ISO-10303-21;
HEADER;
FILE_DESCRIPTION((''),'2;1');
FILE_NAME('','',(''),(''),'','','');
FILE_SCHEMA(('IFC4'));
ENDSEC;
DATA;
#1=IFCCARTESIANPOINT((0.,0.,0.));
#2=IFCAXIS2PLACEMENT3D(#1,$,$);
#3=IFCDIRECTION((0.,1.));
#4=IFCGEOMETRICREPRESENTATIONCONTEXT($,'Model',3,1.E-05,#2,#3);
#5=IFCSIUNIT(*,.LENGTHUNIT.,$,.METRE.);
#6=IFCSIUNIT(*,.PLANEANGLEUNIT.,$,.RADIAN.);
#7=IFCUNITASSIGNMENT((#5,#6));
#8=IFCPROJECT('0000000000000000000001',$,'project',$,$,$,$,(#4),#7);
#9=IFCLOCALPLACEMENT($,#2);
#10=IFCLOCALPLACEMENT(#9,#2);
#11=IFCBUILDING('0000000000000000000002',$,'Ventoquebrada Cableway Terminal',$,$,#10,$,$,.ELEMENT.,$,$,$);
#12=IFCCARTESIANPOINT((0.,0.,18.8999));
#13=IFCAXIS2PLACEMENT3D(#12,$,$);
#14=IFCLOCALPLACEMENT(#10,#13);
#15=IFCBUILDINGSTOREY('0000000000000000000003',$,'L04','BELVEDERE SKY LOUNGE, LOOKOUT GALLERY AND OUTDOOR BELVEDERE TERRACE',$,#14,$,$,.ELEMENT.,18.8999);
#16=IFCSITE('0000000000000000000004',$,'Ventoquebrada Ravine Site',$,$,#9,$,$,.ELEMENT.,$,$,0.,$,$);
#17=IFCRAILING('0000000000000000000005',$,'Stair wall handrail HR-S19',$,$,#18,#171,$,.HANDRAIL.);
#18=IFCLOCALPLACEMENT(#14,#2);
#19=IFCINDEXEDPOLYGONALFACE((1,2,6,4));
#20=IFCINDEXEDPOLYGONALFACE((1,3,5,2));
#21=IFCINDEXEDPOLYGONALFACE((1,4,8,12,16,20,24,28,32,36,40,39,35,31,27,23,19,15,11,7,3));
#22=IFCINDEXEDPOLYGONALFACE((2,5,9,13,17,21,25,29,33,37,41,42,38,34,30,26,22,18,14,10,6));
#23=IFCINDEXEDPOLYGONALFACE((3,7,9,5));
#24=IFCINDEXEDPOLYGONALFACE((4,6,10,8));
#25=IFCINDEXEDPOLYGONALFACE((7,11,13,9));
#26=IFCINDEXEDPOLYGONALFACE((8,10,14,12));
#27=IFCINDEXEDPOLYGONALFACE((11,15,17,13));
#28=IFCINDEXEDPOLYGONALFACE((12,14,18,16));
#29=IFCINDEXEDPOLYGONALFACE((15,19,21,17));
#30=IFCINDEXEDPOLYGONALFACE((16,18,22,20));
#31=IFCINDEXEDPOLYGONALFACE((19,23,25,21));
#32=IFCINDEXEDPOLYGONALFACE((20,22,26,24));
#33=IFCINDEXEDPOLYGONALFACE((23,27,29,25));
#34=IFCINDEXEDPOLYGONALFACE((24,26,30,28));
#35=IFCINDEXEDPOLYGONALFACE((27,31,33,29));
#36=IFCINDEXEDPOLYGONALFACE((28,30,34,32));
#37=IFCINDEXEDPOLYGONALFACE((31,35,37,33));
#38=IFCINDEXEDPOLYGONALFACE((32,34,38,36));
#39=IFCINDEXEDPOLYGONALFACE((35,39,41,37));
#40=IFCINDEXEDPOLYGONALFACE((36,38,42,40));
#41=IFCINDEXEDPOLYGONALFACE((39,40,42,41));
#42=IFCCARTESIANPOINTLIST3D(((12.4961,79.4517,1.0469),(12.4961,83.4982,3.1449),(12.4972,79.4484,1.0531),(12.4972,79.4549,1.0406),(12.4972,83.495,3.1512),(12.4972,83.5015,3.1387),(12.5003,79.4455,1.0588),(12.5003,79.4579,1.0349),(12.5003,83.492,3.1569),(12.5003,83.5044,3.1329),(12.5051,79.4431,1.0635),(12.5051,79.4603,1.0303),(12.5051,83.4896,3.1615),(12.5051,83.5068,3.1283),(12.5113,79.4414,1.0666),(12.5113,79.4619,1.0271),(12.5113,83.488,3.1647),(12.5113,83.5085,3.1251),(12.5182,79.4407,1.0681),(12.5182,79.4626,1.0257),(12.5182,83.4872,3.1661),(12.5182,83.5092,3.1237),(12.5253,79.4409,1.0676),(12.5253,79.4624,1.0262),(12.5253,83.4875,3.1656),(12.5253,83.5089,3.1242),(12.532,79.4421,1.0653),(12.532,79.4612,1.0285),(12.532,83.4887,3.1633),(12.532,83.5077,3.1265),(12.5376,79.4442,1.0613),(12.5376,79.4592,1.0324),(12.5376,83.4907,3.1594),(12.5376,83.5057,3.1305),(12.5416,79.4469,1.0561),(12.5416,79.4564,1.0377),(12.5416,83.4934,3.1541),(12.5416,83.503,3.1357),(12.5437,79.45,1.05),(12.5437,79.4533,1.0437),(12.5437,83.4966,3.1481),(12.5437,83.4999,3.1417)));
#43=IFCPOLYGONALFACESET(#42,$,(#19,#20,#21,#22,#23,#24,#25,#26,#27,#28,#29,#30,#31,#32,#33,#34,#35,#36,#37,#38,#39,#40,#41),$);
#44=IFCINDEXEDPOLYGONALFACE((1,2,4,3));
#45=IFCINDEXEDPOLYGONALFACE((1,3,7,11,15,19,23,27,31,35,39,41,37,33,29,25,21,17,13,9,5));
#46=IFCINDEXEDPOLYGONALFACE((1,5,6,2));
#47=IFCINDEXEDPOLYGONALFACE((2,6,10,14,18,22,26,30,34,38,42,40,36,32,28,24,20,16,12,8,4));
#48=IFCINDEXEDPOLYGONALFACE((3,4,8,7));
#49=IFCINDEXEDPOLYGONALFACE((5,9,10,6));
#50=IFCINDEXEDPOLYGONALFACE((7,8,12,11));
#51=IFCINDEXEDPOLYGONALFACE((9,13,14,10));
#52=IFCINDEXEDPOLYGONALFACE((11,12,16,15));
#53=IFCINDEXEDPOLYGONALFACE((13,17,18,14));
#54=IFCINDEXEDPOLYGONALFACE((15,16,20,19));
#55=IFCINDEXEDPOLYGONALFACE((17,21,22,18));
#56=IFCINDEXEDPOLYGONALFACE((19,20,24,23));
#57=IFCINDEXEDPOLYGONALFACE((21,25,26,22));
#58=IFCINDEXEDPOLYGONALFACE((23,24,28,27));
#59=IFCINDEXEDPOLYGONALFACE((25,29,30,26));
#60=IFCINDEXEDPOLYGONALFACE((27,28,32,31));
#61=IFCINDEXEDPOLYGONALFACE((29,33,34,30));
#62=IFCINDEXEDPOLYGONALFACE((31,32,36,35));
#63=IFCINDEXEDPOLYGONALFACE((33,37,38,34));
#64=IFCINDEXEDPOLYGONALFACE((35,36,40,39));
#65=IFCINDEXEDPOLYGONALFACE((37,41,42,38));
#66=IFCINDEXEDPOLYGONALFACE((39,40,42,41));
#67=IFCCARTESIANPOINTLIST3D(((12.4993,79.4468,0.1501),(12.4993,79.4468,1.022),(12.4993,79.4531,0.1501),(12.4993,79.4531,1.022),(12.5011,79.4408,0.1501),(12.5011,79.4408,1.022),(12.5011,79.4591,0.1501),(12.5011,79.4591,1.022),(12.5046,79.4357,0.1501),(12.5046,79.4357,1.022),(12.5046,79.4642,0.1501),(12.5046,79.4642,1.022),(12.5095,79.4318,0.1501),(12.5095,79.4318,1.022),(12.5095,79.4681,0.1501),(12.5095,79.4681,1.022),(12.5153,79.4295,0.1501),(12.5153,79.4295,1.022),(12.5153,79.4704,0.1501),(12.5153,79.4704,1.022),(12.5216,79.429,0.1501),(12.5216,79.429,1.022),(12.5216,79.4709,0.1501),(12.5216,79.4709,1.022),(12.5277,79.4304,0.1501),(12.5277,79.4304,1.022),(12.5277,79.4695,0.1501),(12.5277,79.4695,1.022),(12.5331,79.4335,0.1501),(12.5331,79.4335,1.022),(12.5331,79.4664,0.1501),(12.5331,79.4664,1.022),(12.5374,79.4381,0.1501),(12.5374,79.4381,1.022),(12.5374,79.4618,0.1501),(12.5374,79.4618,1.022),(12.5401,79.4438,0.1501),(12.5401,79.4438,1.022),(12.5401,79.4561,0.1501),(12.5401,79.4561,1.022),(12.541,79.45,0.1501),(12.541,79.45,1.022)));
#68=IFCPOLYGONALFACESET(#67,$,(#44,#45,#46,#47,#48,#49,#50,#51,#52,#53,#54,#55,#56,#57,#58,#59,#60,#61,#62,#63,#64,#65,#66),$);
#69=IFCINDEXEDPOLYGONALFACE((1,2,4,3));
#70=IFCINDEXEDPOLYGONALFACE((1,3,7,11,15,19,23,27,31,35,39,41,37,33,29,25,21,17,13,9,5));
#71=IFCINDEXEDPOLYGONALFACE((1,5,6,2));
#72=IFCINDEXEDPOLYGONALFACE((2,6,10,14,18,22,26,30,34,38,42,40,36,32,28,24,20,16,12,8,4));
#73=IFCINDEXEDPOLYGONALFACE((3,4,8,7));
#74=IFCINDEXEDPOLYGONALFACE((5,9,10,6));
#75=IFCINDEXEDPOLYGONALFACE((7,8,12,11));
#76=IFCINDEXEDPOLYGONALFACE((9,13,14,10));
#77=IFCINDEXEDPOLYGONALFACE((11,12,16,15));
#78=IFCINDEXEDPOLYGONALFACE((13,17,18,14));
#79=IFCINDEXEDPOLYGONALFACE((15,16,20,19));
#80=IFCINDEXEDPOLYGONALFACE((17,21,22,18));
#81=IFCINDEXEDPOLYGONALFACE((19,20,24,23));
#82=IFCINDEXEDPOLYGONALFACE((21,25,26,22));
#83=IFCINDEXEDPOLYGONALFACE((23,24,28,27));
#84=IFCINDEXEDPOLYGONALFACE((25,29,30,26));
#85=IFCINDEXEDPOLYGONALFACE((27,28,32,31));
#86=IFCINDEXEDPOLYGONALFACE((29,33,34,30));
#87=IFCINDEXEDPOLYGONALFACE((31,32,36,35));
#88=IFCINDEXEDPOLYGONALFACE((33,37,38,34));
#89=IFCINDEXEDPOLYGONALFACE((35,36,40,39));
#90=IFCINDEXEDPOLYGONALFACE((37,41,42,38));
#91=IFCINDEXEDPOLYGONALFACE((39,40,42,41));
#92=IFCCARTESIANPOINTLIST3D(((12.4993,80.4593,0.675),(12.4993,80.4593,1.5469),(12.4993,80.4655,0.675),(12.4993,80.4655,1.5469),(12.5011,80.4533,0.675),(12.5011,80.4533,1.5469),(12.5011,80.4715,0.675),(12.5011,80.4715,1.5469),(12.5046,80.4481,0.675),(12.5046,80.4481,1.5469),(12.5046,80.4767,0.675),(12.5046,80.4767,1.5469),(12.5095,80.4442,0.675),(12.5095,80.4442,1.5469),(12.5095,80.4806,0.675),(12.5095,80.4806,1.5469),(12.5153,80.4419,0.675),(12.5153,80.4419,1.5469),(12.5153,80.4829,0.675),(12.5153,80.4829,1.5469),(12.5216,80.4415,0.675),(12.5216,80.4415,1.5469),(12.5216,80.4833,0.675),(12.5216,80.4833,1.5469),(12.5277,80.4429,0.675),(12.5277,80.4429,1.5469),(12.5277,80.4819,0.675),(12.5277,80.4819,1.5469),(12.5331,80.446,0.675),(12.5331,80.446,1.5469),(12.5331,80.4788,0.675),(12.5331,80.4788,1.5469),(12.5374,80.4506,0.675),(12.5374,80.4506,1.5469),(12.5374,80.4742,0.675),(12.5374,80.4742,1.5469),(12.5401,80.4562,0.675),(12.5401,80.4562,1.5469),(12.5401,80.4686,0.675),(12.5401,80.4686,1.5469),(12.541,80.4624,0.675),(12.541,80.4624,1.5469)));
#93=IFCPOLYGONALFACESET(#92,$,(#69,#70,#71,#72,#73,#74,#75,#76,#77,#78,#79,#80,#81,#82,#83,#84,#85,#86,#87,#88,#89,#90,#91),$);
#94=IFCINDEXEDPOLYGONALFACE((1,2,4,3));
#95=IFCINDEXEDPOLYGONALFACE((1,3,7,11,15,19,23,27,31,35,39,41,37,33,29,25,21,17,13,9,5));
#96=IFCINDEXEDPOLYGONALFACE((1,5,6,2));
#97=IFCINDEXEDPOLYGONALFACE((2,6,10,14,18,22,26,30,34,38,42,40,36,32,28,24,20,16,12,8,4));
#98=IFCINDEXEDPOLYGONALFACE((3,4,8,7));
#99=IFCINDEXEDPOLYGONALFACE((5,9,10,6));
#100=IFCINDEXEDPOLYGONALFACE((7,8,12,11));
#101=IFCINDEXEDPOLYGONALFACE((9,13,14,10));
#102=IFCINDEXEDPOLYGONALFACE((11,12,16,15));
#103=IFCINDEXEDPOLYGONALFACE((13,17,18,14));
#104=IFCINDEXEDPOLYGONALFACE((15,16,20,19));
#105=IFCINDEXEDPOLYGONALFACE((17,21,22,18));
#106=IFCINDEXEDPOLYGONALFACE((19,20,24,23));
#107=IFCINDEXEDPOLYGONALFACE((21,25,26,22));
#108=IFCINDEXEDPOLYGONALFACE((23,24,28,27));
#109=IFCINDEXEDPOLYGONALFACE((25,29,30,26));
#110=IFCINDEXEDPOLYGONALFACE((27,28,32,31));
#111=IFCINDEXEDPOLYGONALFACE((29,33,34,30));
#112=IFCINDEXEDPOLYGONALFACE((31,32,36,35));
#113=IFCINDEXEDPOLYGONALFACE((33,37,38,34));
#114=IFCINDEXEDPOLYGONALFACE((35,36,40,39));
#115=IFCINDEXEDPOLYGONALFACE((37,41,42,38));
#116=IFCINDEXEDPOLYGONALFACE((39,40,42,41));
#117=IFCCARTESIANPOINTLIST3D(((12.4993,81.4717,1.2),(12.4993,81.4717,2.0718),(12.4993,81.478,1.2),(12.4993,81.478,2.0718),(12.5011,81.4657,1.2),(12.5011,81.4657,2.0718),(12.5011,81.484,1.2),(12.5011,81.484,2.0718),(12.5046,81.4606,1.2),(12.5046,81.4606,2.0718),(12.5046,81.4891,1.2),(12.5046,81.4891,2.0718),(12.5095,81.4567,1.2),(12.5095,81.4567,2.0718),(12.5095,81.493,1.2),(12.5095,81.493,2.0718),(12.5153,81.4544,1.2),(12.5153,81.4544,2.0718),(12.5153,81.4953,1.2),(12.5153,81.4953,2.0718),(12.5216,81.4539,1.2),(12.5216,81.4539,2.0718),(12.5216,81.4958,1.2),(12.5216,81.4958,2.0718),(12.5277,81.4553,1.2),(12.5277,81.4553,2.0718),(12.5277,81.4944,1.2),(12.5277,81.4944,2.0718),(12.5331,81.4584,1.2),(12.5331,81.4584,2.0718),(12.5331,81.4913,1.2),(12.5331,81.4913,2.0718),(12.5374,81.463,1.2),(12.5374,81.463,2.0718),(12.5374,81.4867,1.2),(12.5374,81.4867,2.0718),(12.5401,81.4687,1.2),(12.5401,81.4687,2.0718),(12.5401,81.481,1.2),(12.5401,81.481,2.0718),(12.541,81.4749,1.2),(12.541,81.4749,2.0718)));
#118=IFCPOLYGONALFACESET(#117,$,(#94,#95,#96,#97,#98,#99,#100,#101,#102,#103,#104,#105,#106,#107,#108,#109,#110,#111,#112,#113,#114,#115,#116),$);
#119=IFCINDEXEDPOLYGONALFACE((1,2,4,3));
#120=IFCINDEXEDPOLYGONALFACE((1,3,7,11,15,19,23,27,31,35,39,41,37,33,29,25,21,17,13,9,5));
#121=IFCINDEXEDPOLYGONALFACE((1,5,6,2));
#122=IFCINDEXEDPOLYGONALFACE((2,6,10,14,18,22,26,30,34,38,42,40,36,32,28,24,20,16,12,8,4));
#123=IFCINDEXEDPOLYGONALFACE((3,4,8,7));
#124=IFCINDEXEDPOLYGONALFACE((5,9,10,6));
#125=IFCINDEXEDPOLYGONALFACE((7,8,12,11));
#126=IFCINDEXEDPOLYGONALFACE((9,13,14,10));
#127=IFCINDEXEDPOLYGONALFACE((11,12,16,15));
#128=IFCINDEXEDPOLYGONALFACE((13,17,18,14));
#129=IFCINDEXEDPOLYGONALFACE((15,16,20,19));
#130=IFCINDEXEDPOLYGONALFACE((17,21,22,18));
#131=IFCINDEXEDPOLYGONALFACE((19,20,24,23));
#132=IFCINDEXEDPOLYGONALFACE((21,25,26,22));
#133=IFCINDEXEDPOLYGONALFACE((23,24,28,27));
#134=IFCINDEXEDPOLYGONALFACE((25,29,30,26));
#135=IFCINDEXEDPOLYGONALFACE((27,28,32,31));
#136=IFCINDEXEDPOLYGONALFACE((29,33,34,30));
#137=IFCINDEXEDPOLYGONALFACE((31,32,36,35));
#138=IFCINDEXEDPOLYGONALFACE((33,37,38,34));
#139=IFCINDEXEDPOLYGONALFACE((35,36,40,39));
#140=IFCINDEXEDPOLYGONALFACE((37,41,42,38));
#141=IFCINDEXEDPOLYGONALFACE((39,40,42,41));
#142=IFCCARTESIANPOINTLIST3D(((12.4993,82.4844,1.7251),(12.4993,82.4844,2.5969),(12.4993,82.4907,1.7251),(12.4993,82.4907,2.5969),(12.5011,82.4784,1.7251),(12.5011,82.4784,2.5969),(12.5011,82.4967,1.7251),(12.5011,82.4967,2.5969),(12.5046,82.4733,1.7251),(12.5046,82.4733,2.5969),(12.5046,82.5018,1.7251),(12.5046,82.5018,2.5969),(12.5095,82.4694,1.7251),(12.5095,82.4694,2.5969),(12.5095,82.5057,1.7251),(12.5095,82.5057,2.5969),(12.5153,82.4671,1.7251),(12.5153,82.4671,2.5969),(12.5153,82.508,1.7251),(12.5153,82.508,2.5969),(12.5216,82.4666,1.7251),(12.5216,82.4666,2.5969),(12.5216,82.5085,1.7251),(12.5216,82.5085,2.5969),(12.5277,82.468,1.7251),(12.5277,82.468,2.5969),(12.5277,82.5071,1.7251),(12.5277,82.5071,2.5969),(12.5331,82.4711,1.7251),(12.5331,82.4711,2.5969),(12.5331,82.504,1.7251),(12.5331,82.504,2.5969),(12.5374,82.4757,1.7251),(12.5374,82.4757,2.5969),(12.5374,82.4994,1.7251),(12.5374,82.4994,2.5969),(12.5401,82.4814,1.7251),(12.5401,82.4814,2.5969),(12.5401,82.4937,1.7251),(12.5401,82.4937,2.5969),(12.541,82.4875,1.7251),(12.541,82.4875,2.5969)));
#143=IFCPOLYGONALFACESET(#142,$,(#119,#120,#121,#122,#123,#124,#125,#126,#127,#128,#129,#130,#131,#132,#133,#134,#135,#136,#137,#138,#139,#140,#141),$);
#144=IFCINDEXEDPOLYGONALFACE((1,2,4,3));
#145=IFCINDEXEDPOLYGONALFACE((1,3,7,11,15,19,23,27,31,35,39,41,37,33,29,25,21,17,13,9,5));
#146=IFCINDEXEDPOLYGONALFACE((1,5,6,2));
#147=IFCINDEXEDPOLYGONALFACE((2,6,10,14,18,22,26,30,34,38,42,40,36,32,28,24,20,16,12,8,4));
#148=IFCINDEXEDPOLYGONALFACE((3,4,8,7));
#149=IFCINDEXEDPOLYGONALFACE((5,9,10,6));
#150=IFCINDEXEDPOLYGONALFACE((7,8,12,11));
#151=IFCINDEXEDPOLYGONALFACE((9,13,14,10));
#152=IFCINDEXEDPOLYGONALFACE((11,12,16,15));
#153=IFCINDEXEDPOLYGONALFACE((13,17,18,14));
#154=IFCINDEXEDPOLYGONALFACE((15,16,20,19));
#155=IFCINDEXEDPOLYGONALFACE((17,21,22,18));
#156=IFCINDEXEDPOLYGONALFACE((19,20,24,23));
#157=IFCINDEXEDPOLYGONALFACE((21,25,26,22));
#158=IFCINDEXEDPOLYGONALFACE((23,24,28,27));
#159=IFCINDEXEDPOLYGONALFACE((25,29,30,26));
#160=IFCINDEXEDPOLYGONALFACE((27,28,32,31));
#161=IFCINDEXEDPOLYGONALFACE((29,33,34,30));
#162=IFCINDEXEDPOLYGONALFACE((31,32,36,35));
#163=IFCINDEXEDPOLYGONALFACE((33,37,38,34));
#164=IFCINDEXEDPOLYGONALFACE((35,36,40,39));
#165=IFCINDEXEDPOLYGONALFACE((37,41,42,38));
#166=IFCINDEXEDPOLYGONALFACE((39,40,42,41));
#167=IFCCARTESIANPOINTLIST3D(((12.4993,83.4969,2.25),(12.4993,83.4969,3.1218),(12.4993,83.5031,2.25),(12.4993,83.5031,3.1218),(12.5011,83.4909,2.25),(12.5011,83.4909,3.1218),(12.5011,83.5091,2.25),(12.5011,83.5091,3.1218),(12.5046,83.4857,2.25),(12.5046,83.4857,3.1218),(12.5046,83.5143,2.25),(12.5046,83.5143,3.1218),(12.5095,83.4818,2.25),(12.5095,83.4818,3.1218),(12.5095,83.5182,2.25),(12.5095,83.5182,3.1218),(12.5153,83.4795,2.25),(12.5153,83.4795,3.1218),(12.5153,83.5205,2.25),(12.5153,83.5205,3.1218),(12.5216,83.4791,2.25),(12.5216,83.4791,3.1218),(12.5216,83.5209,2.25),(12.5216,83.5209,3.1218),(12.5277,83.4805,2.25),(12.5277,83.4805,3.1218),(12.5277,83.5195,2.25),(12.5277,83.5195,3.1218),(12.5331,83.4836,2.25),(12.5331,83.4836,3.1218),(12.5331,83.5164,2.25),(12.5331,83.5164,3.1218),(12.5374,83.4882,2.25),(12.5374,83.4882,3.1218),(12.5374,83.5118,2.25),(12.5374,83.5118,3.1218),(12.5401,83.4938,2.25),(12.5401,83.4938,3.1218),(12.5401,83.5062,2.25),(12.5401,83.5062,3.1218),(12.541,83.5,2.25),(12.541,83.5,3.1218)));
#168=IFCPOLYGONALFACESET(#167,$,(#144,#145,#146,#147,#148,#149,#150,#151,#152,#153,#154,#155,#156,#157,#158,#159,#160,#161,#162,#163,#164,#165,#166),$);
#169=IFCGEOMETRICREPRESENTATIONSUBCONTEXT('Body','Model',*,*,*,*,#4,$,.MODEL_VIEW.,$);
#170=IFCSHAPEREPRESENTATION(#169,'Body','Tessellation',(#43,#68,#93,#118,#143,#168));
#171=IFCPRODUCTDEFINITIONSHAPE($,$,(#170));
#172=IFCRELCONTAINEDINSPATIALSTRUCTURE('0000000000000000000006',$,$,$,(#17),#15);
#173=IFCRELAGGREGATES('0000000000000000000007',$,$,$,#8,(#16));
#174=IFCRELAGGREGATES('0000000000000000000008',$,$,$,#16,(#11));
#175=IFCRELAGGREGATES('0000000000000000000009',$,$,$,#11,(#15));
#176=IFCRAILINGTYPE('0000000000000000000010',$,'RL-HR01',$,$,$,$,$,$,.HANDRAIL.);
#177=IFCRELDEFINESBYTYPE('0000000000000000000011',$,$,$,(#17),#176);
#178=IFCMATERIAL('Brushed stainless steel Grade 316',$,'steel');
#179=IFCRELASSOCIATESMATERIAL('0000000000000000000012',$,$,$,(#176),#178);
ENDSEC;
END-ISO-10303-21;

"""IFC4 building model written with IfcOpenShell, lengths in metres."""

from ifc_helpers import new_model, si_unit, direction, frame, origin, origin_2d, place, context, subcontext, project, spatial, circle, extrude, material, type_object, element, save


model = new_model("IFC4")

# Units and contexts
model_context = context("Model", 3, precision=1e-05, world=origin(), true_north=direction((0.0, 1.0)))
body_context = subcontext(model_context, "Body", "Model", "MODEL_VIEW")
ifc_project = project(units=[si_unit("LENGTHUNIT", "METRE"), si_unit("PLANEANGLEUNIT", "RADIAN")], contexts=[model_context])

# Site, building, storey
site_placement = place(None, origin())
site = spatial("IfcSite", under=ifc_project, at=site_placement, Name="Ventoquebrada Ravine Site", CompositionType="ELEMENT", RefElevation=0.0)
building_placement = place(site_placement, origin())
building = spatial("IfcBuilding", under=site, at=building_placement, Name="Ventoquebrada Cableway Terminal", CompositionType="ELEMENT")
storey_placement = place(building_placement, frame((0.0, 0.0, 18.8999)))
storey = spatial("IfcBuildingStorey", under=building, at=storey_placement, Name="L04", Description="BELVEDERE SKY LOUNGE, LOOKOUT GALLERY AND OUTDOOR BELVEDERE TERRACE", CompositionType="ELEMENT", Elevation=18.8999)

# Railing
ifc_material_1 = material(Name="Brushed stainless steel Grade 316", Category="steel")
railing_type_1 = type_object("IfcRailingType", Name="RL-HR01", PredefinedType="HANDRAIL", material=ifc_material_1)
railing_1_placement = place(storey_placement, frame((12.52, 79.45, 0.1501)))
element("IfcRailing", 1, at=railing_1_placement, inside=storey, type_object=railing_type_1, Name="Stair wall handrail HR-S19", PredefinedType="HANDRAIL", context=body_context, shape_type="SweptSolid", body=[
    extrude(circle(Radius=0.0239, at=origin_2d()), frame((0.0, 0.0017, 0.8967), z_axis=(0.0, 0.88777, 0.460287), x_axis=(-1.0, 0.0, 0.0)), (0.0, 0.0, 1.0), 4.5581),
    extrude(circle(Radius=0.021, at=origin_2d()), origin(), (0.0, 0.0, 1.0), 0.8718),
    extrude(circle(Radius=0.021, at=origin_2d()), frame((0.0, 1.0125, 0.5249)), (0.0, 0.0, 1.0), 0.8718),
    extrude(circle(Radius=0.021, at=origin_2d()), frame((0.0, 2.0249, 1.0498)), (0.0, 0.0, 1.0), 0.8718),
    extrude(circle(Radius=0.021, at=origin_2d()), frame((0.0, 3.0376, 1.575)), (0.0, 0.0, 1.0), 0.8718),
    extrude(circle(Radius=0.021, at=origin_2d()), frame((0.0, 4.05, 2.0999)), (0.0, 0.0, 1.0), 0.8718),
])

save(model, "model.ifc")
